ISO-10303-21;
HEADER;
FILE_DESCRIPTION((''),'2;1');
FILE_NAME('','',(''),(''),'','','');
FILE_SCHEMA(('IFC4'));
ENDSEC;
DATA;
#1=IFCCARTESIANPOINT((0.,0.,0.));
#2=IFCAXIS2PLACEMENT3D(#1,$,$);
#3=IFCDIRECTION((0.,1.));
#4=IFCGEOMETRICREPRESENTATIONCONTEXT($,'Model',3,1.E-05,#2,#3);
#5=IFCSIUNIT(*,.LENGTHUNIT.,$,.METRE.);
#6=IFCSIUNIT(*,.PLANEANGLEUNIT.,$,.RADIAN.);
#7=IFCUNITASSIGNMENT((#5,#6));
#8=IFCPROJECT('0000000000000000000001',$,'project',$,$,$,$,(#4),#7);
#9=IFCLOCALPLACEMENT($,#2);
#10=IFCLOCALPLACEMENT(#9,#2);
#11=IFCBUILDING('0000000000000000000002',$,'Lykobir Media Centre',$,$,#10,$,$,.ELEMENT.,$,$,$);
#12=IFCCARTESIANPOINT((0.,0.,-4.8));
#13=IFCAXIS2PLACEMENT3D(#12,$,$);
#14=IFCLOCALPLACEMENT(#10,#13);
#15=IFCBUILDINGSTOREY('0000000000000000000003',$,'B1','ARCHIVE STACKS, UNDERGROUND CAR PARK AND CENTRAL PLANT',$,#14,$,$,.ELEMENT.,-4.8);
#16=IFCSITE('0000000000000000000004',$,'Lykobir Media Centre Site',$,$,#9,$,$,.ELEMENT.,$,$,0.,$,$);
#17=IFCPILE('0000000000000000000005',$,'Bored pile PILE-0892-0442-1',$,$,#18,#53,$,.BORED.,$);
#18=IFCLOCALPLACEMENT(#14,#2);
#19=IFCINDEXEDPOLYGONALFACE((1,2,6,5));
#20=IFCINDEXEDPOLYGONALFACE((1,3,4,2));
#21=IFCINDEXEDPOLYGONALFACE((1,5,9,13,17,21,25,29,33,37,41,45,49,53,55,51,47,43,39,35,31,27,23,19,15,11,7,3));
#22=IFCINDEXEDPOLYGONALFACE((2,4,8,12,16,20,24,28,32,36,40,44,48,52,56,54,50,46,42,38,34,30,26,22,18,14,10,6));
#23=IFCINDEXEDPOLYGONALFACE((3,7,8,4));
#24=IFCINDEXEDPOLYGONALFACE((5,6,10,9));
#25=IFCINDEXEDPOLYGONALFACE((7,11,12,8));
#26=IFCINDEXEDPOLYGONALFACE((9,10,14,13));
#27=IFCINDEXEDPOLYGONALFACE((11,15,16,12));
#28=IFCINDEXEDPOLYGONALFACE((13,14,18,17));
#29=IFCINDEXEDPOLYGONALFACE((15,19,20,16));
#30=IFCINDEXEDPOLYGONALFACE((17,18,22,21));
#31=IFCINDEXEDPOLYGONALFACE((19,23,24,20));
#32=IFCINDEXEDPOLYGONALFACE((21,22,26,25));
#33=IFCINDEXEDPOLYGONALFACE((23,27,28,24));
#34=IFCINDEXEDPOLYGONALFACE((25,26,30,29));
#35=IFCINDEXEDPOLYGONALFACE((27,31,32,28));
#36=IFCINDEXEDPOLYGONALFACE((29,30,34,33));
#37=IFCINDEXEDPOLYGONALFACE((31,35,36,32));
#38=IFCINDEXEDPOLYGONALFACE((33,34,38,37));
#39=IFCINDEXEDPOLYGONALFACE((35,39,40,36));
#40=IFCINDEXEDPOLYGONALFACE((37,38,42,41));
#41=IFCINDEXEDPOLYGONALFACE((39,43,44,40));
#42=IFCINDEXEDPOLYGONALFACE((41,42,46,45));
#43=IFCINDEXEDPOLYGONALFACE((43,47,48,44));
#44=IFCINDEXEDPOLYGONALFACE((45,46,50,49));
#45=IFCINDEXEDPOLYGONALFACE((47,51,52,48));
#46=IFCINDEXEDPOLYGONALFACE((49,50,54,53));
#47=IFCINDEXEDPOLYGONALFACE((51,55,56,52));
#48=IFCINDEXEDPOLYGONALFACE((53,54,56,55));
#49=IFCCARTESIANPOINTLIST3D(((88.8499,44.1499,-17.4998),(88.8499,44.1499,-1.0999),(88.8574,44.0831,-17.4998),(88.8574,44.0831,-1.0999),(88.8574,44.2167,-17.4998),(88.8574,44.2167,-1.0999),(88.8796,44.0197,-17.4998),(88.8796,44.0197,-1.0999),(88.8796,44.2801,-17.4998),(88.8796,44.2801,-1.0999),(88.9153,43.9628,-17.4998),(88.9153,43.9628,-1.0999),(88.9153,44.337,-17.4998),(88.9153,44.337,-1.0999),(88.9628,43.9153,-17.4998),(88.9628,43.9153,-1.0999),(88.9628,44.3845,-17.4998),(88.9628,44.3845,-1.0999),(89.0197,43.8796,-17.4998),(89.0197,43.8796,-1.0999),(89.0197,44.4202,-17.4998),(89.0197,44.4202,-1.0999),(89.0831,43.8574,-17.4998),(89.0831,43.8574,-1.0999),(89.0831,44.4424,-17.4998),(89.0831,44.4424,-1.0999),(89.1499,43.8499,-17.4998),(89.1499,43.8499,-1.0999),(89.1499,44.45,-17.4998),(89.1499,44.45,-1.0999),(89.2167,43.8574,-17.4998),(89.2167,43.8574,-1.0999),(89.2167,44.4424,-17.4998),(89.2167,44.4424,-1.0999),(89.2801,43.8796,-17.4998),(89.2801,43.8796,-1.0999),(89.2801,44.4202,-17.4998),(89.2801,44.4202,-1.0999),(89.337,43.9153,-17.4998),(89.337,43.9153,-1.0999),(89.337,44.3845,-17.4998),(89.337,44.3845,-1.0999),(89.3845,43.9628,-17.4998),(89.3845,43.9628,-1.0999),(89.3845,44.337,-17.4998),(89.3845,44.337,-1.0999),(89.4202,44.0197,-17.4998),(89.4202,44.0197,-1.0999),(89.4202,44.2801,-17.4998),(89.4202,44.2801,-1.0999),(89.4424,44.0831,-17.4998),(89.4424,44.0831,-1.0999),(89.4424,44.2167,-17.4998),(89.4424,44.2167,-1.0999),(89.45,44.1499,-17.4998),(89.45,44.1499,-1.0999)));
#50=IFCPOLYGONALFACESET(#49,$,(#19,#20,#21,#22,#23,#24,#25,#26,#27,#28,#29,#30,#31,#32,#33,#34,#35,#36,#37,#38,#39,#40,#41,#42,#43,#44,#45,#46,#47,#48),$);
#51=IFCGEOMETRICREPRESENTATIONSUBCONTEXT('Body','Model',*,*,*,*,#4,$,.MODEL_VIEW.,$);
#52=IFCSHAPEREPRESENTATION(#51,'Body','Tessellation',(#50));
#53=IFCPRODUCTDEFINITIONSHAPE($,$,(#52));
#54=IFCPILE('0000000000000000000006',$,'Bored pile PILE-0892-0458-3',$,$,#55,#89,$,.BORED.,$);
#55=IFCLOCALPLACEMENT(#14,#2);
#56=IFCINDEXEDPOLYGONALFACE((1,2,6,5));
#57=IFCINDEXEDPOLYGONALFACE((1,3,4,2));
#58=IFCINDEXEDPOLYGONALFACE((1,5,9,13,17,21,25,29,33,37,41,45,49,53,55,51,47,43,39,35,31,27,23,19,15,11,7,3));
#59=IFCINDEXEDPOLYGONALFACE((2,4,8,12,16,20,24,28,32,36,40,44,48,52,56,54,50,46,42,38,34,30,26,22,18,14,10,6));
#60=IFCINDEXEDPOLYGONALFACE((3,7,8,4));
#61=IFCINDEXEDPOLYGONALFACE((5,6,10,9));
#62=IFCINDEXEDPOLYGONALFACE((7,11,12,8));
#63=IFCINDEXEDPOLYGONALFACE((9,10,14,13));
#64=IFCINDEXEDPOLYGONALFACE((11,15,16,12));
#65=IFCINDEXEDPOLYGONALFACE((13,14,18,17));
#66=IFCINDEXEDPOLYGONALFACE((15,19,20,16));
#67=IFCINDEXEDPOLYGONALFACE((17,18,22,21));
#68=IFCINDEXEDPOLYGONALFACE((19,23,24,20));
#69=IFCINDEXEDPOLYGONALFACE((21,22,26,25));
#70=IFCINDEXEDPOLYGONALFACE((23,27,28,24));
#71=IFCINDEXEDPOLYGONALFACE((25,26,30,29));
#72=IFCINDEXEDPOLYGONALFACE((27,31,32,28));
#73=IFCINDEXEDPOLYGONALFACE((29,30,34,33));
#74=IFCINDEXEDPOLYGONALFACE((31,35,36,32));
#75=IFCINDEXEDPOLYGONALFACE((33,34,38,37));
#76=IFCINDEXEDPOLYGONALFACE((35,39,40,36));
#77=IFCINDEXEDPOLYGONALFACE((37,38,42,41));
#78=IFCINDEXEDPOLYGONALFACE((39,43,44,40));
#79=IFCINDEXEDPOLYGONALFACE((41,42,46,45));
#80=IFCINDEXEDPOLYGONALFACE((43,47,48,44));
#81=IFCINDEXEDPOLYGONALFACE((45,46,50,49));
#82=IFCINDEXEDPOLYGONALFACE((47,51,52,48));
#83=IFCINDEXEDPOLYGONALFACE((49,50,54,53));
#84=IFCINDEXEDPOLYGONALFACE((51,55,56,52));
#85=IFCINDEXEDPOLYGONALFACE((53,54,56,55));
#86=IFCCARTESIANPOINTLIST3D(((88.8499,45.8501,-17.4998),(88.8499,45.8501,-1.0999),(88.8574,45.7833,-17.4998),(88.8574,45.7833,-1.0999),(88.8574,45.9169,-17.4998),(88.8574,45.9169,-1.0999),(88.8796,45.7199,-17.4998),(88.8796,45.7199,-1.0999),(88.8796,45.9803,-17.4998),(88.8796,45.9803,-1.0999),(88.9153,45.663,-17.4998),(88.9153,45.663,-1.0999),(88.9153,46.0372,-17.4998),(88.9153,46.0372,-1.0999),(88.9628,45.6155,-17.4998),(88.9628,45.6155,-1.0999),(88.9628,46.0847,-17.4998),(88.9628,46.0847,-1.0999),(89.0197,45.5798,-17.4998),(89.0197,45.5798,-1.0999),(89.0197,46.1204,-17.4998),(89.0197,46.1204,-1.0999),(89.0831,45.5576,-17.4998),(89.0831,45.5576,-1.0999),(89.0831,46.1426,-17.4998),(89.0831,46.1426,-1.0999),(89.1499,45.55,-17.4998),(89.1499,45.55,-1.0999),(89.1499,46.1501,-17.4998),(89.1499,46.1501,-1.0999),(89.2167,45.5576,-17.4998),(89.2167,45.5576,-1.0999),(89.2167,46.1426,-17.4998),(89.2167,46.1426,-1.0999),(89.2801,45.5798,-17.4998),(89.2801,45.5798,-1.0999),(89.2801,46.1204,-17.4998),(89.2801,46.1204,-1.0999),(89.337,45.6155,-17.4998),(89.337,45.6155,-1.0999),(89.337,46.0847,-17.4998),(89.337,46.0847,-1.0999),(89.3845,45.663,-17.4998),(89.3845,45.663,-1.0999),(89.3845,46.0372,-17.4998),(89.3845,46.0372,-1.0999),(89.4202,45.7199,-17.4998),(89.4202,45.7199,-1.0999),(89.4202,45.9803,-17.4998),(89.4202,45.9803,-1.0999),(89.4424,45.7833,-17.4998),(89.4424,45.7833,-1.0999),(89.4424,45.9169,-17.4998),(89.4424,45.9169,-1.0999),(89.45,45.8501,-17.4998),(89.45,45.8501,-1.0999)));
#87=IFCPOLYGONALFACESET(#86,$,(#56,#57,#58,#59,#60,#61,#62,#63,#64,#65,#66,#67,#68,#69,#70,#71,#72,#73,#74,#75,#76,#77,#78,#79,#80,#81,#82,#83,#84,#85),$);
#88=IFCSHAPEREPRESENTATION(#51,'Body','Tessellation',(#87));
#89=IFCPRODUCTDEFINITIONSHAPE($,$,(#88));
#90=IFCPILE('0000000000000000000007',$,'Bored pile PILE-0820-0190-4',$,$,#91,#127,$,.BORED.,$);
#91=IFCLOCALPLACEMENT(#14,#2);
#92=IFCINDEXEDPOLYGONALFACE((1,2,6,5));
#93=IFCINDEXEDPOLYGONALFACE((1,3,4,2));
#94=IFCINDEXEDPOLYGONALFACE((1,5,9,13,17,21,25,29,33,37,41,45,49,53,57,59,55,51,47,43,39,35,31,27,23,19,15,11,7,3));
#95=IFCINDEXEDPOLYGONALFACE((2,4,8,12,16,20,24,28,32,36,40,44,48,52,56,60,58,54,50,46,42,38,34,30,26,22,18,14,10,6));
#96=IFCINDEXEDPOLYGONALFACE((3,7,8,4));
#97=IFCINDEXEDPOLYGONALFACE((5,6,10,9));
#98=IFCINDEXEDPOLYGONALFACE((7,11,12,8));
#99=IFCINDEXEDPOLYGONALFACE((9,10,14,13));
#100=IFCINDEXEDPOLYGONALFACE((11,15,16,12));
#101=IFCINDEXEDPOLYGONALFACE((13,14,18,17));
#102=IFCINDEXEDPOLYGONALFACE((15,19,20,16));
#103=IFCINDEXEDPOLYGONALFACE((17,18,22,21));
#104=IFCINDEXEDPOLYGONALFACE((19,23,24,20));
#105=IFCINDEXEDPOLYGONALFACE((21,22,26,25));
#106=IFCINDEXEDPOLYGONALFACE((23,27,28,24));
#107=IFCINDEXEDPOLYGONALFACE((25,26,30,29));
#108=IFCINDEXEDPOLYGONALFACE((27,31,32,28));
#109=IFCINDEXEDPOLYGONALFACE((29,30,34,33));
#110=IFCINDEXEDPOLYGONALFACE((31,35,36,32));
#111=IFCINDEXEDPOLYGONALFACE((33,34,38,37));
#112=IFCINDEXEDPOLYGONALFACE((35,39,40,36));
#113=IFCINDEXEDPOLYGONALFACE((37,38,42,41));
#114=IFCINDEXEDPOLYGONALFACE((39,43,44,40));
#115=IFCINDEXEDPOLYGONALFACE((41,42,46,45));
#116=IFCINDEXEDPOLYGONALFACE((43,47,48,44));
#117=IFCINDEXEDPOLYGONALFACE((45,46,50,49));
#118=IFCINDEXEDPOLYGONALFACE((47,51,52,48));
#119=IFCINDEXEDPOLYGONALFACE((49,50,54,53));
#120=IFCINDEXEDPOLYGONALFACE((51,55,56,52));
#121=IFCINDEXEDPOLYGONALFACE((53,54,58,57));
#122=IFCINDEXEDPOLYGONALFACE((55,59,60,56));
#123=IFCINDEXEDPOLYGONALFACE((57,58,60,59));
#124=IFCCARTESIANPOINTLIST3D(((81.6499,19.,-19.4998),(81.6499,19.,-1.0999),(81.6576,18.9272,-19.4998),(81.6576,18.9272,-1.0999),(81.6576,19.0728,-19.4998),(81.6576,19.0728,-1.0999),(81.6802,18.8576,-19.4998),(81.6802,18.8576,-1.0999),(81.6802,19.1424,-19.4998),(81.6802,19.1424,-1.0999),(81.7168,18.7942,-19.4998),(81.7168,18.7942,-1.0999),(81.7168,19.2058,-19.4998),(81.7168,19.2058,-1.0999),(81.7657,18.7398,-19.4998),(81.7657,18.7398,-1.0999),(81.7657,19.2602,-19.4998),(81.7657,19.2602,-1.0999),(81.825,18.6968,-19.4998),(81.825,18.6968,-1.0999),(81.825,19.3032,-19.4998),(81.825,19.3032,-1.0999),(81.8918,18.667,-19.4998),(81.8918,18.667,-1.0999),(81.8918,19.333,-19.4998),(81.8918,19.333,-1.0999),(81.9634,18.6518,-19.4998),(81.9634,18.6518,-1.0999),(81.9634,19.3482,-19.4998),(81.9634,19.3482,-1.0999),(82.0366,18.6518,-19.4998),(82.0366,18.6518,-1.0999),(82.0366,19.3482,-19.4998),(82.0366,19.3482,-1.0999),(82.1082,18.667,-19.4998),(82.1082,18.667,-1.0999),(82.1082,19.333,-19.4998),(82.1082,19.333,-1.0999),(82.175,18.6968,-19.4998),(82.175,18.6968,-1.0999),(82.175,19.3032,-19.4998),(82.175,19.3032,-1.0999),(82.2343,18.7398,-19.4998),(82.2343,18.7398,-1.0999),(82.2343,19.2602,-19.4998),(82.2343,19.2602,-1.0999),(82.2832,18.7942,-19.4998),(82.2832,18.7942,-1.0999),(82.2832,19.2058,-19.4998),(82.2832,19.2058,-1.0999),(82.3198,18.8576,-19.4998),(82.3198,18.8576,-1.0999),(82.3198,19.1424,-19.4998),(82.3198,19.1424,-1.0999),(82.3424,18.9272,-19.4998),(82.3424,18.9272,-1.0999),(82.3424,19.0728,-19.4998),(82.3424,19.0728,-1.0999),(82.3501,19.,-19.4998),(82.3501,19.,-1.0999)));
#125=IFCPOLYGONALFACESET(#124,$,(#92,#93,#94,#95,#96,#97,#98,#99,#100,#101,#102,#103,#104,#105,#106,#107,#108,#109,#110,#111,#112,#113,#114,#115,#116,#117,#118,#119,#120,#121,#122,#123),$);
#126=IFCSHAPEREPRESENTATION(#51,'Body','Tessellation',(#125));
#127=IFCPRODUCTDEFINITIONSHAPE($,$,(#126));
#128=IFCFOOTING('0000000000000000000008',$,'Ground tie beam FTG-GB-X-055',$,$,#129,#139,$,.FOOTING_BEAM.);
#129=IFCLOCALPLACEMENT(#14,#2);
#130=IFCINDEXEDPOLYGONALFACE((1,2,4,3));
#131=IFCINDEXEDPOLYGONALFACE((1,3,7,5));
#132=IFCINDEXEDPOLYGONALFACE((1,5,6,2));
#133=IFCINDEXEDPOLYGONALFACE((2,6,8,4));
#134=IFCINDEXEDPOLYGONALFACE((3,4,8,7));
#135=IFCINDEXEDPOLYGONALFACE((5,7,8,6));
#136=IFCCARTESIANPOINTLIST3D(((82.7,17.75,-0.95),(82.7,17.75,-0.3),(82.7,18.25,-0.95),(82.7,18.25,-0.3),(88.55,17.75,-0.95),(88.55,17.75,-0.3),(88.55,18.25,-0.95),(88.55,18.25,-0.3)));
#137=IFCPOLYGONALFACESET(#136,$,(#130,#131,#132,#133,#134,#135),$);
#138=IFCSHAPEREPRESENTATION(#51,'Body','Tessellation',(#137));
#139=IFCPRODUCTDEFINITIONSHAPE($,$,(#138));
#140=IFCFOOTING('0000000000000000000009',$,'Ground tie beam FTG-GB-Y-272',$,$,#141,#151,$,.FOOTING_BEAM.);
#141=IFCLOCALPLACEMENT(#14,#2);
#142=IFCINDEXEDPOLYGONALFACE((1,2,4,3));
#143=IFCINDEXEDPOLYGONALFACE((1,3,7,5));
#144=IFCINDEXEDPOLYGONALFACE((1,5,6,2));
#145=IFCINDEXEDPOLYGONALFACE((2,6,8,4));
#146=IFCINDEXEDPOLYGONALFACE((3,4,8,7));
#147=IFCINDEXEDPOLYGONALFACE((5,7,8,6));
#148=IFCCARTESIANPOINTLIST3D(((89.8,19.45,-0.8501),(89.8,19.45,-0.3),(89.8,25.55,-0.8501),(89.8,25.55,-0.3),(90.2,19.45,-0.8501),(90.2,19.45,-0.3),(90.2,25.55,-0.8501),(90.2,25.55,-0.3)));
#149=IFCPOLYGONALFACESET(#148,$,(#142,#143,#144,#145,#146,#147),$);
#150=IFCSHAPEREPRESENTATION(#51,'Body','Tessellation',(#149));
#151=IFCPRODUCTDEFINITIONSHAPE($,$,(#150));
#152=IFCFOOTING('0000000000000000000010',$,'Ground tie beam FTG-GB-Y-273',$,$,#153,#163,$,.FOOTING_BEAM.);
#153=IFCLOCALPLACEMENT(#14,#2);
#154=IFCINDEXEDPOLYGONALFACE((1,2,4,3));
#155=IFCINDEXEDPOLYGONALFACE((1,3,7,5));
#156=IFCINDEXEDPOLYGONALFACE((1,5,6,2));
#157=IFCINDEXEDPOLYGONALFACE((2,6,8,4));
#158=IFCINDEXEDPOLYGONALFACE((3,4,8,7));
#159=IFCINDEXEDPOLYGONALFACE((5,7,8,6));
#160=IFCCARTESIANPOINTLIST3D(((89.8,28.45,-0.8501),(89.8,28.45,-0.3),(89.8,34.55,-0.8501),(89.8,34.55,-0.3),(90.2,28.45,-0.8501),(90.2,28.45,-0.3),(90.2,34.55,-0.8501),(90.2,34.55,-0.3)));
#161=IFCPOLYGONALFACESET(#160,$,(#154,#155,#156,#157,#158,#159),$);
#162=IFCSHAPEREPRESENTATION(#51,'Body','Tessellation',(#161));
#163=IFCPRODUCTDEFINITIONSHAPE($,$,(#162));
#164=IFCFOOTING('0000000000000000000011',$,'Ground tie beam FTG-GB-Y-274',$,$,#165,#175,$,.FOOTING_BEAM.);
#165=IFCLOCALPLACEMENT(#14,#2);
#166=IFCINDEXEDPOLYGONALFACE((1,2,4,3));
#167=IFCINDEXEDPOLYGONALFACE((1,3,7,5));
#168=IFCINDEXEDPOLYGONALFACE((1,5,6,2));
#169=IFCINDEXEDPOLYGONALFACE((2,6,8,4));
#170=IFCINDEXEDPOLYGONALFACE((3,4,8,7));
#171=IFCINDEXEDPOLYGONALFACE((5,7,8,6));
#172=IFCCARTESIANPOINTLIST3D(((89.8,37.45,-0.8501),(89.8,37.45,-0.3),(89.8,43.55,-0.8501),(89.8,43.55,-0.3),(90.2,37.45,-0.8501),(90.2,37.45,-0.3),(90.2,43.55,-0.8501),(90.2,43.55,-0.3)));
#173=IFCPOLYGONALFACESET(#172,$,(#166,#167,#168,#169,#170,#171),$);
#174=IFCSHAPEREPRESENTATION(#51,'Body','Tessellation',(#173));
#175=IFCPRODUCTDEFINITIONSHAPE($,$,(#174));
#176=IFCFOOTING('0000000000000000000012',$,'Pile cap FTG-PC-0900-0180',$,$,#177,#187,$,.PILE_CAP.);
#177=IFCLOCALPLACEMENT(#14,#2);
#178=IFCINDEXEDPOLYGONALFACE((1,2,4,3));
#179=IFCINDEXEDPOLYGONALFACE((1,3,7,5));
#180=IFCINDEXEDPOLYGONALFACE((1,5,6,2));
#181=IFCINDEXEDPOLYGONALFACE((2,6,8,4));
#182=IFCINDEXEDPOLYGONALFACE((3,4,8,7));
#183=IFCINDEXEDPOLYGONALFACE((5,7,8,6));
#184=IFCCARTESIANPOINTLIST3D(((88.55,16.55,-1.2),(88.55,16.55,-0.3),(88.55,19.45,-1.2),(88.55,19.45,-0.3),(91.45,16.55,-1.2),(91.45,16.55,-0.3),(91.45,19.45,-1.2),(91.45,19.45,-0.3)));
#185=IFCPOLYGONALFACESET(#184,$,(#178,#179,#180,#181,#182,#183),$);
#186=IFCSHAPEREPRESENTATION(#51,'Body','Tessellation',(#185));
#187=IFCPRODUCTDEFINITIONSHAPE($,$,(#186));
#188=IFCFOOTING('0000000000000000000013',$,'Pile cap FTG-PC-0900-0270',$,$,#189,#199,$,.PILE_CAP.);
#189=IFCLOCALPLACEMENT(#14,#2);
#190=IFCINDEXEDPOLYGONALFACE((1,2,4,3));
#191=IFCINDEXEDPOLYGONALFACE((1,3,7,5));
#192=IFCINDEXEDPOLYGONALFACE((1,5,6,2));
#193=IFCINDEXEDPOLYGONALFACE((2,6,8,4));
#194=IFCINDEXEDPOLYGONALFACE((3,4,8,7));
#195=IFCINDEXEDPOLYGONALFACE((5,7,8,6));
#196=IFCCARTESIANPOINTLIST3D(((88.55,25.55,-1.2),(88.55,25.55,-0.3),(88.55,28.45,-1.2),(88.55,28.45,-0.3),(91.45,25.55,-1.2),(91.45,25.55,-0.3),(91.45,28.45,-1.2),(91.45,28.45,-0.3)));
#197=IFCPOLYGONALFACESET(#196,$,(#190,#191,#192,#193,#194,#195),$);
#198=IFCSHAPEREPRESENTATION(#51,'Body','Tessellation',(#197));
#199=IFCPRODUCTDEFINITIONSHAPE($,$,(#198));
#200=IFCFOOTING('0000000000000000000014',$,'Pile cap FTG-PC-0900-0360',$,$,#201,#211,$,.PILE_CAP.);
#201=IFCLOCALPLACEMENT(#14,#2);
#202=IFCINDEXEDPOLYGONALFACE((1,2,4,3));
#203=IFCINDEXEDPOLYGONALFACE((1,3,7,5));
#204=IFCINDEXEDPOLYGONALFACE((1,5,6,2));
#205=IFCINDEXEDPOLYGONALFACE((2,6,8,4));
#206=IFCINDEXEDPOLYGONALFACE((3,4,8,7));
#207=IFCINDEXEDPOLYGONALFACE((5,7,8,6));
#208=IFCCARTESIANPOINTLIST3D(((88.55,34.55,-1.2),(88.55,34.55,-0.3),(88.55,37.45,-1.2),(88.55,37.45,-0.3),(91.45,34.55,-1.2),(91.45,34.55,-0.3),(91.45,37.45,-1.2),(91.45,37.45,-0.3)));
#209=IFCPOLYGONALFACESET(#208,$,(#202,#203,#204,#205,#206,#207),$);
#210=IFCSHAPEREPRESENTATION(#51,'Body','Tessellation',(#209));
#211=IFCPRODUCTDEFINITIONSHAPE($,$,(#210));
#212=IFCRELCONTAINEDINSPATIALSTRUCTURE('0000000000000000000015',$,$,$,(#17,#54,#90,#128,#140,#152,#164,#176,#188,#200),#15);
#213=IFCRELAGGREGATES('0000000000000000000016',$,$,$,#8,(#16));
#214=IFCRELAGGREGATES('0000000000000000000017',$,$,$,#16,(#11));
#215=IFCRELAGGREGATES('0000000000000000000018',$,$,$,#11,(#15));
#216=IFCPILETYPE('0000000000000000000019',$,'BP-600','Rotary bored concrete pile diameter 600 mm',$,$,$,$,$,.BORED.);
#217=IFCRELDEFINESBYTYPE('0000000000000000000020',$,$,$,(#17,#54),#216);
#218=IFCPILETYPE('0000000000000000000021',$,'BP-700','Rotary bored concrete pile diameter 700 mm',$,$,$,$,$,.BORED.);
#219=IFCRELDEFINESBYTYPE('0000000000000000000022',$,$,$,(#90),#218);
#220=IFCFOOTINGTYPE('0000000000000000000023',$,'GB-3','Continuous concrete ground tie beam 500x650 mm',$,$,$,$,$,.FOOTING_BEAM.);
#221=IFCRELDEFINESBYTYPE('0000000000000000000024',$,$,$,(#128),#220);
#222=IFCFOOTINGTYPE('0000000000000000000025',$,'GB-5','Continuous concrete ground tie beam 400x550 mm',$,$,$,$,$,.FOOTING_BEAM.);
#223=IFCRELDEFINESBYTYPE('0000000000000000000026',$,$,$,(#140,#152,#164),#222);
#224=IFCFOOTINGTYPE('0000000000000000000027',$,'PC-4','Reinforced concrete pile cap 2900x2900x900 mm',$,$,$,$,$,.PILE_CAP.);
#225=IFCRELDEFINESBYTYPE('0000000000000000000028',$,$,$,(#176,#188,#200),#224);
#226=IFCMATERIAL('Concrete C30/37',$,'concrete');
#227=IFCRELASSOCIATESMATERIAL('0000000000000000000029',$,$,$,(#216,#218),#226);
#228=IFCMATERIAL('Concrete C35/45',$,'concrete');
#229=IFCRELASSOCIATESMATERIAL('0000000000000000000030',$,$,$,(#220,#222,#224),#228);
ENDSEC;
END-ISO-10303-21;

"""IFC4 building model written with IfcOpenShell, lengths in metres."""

from ifc_helpers import new_model, si_unit, direction, frame, origin, origin_2d, place, context, subcontext, project, spatial, rectangle, circle, extrude, material, material_profile, profile_set, type_object, element, save


model = new_model("IFC4")

# Units and contexts
model_context = context("Model", 3, precision=1e-05, world=origin(), true_north=direction((0.0, 1.0)))
body_context = subcontext(model_context, "Body", "Model", "MODEL_VIEW")
ifc_project = project(units=[si_unit("LENGTHUNIT", "METRE"), si_unit("PLANEANGLEUNIT", "RADIAN")], contexts=[model_context])

# Site, building, storey
site_placement = place(None, origin())
site = spatial("IfcSite", under=ifc_project, at=site_placement, Name="Lykobir Media Centre Site", CompositionType="ELEMENT", RefElevation=0.0)
building_placement = place(site_placement, origin())
building = spatial("IfcBuilding", under=site, at=building_placement, Name="Lykobir Media Centre", CompositionType="ELEMENT")
storey_placement = place(building_placement, frame((0.0, 0.0, -4.8)))
storey = spatial("IfcBuildingStorey", under=building, at=storey_placement, Name="B1", Description="ARCHIVE STACKS, UNDERGROUND CAR PARK AND CENTRAL PLANT", CompositionType="ELEMENT", Elevation=-4.8)

# Piles
ifc_material_1 = material(Name="Concrete C30/37", Category="concrete")
ifc_material_profile_1 = material_profile(ifc_material_1, circle(Radius=0.3, at=origin_2d()), Name="BORED PILE D600")
ifc_profile_set_1 = profile_set([ifc_material_profile_1], Name="Concrete C30/37")
pile_type_1 = type_object("IfcPileType", Name="BP-600", Description="Rotary bored concrete pile diameter 600 mm", PredefinedType="BORED", material=ifc_profile_set_1)
for number, where, z_axis, x_axis, name in (
    (1, (89.1499, 44.1499, -1.0999), (0.0, 0.0, -1.0), (1.0, 0.0, 0.0), "Bored pile PILE-0892-0442-1"),
    (2, (89.1499, 45.8501, -1.0999), (0.0, 0.0, -1.0), (1.0, 0.0, 0.0), "Bored pile PILE-0892-0458-3"),
):
    element("IfcPile", number, at=place(storey_placement, frame(where, z_axis=z_axis, x_axis=x_axis)), inside=storey, type_object=pile_type_1, Name=name, PredefinedType="BORED", context=body_context, shape_type="SweptSolid", body=[
        extrude(circle(Radius=0.3, at=origin_2d()), origin(), (0.0, 0.0, 1.0), 16.3999),
    ])
ifc_material_profile_2 = material_profile(ifc_material_1, circle(Radius=0.3501, at=origin_2d()), Name="BORED PILE D700")
ifc_profile_set_2 = profile_set([ifc_material_profile_2], Name="Concrete C30/37")
pile_type_2 = type_object("IfcPileType", Name="BP-700", Description="Rotary bored concrete pile diameter 700 mm", PredefinedType="BORED", material=ifc_profile_set_2)
pile_placement = place(storey_placement, frame((82.0, 19.0, -1.0999), z_axis=(0.0, 0.0, -1.0), x_axis=(1.0, 0.0, 0.0)))
element("IfcPile", 3, at=pile_placement, inside=storey, type_object=pile_type_2, Name="Bored pile PILE-0820-0190-4", PredefinedType="BORED", context=body_context, shape_type="SweptSolid", body=[
    extrude(circle(Radius=0.3501, at=origin_2d()), origin(), (0.0, 0.0, 1.0), 18.3999),
])

# Footings
ifc_material_2 = material(Name="Concrete C35/45", Category="concrete")
footing_type_1 = type_object("IfcFootingType", Name="GB-3", Description="Continuous concrete ground tie beam 500x650 mm", PredefinedType="FOOTING_BEAM", material=ifc_material_2)
footing_placement = place(storey_placement, frame((85.625, 18.0, -0.95), z_axis=(0.0, 0.0, 1.0), x_axis=(1.0, 0.0, 0.0)))
element("IfcFooting", 4, at=footing_placement, inside=storey, type_object=footing_type_1, Name="Ground tie beam FTG-GB-X-055", PredefinedType="FOOTING_BEAM", context=body_context, shape_type="SweptSolid", body=[
    extrude(rectangle(XDim=5.8501, YDim=0.5, at=origin_2d()), origin(), (0.0, 0.0, 1.0), 0.6499),
])
footing_type_2 = type_object("IfcFootingType", Name="GB-5", Description="Continuous concrete ground tie beam 400x550 mm", PredefinedType="FOOTING_BEAM", material=ifc_material_2)
for number, where, z_axis, x_axis, name in (
    (5, (90.0, 22.5, -0.8501), (0.0, 0.0, 1.0), (0.0, 1.0, 0.0), "Ground tie beam FTG-GB-Y-272"),
    (6, (90.0, 31.5, -0.8501), (0.0, 0.0, 1.0), (0.0, 1.0, 0.0), "Ground tie beam FTG-GB-Y-273"),
    (7, (90.0, 40.5, -0.8501), (0.0, 0.0, 1.0), (0.0, 1.0, 0.0), "Ground tie beam FTG-GB-Y-274"),
):
    element("IfcFooting", number, at=place(storey_placement, frame(where, z_axis=z_axis, x_axis=x_axis)), inside=storey, type_object=footing_type_2, Name=name, PredefinedType="FOOTING_BEAM", context=body_context, shape_type="SweptSolid", body=[
        extrude(rectangle(XDim=6.1001, YDim=0.3999, at=origin_2d()), origin(), (0.0, 0.0, 1.0), 0.55),
    ])
footing_type_3 = type_object("IfcFootingType", Name="PC-4", Description="Reinforced concrete pile cap 2900x2900x900 mm", PredefinedType="PILE_CAP", material=ifc_material_2)
for number, where, z_axis, x_axis, name in (
    (8, (90.0, 18.0, -1.2), (0.0, 0.0, 1.0), (1.0, 0.0, 0.0), "Pile cap FTG-PC-0900-0180"),
    (9, (90.0, 27.0, -1.2), (0.0, 0.0, 1.0), (1.0, 0.0, 0.0), "Pile cap FTG-PC-0900-0270"),
    (10, (90.0, 36.0, -1.2), (0.0, 0.0, 1.0), (1.0, 0.0, 0.0), "Pile cap FTG-PC-0900-0360"),
):
    element("IfcFooting", number, at=place(storey_placement, frame(where, z_axis=z_axis, x_axis=x_axis)), inside=storey, type_object=footing_type_3, Name=name, PredefinedType="PILE_CAP", context=body_context, shape_type="SweptSolid", body=[
        extrude(rectangle(XDim=2.8999, YDim=2.8999, at=origin_2d()), origin(), (0.0, 0.0, 1.0), 0.8999),
    ])

save(model, "model.ifc")
